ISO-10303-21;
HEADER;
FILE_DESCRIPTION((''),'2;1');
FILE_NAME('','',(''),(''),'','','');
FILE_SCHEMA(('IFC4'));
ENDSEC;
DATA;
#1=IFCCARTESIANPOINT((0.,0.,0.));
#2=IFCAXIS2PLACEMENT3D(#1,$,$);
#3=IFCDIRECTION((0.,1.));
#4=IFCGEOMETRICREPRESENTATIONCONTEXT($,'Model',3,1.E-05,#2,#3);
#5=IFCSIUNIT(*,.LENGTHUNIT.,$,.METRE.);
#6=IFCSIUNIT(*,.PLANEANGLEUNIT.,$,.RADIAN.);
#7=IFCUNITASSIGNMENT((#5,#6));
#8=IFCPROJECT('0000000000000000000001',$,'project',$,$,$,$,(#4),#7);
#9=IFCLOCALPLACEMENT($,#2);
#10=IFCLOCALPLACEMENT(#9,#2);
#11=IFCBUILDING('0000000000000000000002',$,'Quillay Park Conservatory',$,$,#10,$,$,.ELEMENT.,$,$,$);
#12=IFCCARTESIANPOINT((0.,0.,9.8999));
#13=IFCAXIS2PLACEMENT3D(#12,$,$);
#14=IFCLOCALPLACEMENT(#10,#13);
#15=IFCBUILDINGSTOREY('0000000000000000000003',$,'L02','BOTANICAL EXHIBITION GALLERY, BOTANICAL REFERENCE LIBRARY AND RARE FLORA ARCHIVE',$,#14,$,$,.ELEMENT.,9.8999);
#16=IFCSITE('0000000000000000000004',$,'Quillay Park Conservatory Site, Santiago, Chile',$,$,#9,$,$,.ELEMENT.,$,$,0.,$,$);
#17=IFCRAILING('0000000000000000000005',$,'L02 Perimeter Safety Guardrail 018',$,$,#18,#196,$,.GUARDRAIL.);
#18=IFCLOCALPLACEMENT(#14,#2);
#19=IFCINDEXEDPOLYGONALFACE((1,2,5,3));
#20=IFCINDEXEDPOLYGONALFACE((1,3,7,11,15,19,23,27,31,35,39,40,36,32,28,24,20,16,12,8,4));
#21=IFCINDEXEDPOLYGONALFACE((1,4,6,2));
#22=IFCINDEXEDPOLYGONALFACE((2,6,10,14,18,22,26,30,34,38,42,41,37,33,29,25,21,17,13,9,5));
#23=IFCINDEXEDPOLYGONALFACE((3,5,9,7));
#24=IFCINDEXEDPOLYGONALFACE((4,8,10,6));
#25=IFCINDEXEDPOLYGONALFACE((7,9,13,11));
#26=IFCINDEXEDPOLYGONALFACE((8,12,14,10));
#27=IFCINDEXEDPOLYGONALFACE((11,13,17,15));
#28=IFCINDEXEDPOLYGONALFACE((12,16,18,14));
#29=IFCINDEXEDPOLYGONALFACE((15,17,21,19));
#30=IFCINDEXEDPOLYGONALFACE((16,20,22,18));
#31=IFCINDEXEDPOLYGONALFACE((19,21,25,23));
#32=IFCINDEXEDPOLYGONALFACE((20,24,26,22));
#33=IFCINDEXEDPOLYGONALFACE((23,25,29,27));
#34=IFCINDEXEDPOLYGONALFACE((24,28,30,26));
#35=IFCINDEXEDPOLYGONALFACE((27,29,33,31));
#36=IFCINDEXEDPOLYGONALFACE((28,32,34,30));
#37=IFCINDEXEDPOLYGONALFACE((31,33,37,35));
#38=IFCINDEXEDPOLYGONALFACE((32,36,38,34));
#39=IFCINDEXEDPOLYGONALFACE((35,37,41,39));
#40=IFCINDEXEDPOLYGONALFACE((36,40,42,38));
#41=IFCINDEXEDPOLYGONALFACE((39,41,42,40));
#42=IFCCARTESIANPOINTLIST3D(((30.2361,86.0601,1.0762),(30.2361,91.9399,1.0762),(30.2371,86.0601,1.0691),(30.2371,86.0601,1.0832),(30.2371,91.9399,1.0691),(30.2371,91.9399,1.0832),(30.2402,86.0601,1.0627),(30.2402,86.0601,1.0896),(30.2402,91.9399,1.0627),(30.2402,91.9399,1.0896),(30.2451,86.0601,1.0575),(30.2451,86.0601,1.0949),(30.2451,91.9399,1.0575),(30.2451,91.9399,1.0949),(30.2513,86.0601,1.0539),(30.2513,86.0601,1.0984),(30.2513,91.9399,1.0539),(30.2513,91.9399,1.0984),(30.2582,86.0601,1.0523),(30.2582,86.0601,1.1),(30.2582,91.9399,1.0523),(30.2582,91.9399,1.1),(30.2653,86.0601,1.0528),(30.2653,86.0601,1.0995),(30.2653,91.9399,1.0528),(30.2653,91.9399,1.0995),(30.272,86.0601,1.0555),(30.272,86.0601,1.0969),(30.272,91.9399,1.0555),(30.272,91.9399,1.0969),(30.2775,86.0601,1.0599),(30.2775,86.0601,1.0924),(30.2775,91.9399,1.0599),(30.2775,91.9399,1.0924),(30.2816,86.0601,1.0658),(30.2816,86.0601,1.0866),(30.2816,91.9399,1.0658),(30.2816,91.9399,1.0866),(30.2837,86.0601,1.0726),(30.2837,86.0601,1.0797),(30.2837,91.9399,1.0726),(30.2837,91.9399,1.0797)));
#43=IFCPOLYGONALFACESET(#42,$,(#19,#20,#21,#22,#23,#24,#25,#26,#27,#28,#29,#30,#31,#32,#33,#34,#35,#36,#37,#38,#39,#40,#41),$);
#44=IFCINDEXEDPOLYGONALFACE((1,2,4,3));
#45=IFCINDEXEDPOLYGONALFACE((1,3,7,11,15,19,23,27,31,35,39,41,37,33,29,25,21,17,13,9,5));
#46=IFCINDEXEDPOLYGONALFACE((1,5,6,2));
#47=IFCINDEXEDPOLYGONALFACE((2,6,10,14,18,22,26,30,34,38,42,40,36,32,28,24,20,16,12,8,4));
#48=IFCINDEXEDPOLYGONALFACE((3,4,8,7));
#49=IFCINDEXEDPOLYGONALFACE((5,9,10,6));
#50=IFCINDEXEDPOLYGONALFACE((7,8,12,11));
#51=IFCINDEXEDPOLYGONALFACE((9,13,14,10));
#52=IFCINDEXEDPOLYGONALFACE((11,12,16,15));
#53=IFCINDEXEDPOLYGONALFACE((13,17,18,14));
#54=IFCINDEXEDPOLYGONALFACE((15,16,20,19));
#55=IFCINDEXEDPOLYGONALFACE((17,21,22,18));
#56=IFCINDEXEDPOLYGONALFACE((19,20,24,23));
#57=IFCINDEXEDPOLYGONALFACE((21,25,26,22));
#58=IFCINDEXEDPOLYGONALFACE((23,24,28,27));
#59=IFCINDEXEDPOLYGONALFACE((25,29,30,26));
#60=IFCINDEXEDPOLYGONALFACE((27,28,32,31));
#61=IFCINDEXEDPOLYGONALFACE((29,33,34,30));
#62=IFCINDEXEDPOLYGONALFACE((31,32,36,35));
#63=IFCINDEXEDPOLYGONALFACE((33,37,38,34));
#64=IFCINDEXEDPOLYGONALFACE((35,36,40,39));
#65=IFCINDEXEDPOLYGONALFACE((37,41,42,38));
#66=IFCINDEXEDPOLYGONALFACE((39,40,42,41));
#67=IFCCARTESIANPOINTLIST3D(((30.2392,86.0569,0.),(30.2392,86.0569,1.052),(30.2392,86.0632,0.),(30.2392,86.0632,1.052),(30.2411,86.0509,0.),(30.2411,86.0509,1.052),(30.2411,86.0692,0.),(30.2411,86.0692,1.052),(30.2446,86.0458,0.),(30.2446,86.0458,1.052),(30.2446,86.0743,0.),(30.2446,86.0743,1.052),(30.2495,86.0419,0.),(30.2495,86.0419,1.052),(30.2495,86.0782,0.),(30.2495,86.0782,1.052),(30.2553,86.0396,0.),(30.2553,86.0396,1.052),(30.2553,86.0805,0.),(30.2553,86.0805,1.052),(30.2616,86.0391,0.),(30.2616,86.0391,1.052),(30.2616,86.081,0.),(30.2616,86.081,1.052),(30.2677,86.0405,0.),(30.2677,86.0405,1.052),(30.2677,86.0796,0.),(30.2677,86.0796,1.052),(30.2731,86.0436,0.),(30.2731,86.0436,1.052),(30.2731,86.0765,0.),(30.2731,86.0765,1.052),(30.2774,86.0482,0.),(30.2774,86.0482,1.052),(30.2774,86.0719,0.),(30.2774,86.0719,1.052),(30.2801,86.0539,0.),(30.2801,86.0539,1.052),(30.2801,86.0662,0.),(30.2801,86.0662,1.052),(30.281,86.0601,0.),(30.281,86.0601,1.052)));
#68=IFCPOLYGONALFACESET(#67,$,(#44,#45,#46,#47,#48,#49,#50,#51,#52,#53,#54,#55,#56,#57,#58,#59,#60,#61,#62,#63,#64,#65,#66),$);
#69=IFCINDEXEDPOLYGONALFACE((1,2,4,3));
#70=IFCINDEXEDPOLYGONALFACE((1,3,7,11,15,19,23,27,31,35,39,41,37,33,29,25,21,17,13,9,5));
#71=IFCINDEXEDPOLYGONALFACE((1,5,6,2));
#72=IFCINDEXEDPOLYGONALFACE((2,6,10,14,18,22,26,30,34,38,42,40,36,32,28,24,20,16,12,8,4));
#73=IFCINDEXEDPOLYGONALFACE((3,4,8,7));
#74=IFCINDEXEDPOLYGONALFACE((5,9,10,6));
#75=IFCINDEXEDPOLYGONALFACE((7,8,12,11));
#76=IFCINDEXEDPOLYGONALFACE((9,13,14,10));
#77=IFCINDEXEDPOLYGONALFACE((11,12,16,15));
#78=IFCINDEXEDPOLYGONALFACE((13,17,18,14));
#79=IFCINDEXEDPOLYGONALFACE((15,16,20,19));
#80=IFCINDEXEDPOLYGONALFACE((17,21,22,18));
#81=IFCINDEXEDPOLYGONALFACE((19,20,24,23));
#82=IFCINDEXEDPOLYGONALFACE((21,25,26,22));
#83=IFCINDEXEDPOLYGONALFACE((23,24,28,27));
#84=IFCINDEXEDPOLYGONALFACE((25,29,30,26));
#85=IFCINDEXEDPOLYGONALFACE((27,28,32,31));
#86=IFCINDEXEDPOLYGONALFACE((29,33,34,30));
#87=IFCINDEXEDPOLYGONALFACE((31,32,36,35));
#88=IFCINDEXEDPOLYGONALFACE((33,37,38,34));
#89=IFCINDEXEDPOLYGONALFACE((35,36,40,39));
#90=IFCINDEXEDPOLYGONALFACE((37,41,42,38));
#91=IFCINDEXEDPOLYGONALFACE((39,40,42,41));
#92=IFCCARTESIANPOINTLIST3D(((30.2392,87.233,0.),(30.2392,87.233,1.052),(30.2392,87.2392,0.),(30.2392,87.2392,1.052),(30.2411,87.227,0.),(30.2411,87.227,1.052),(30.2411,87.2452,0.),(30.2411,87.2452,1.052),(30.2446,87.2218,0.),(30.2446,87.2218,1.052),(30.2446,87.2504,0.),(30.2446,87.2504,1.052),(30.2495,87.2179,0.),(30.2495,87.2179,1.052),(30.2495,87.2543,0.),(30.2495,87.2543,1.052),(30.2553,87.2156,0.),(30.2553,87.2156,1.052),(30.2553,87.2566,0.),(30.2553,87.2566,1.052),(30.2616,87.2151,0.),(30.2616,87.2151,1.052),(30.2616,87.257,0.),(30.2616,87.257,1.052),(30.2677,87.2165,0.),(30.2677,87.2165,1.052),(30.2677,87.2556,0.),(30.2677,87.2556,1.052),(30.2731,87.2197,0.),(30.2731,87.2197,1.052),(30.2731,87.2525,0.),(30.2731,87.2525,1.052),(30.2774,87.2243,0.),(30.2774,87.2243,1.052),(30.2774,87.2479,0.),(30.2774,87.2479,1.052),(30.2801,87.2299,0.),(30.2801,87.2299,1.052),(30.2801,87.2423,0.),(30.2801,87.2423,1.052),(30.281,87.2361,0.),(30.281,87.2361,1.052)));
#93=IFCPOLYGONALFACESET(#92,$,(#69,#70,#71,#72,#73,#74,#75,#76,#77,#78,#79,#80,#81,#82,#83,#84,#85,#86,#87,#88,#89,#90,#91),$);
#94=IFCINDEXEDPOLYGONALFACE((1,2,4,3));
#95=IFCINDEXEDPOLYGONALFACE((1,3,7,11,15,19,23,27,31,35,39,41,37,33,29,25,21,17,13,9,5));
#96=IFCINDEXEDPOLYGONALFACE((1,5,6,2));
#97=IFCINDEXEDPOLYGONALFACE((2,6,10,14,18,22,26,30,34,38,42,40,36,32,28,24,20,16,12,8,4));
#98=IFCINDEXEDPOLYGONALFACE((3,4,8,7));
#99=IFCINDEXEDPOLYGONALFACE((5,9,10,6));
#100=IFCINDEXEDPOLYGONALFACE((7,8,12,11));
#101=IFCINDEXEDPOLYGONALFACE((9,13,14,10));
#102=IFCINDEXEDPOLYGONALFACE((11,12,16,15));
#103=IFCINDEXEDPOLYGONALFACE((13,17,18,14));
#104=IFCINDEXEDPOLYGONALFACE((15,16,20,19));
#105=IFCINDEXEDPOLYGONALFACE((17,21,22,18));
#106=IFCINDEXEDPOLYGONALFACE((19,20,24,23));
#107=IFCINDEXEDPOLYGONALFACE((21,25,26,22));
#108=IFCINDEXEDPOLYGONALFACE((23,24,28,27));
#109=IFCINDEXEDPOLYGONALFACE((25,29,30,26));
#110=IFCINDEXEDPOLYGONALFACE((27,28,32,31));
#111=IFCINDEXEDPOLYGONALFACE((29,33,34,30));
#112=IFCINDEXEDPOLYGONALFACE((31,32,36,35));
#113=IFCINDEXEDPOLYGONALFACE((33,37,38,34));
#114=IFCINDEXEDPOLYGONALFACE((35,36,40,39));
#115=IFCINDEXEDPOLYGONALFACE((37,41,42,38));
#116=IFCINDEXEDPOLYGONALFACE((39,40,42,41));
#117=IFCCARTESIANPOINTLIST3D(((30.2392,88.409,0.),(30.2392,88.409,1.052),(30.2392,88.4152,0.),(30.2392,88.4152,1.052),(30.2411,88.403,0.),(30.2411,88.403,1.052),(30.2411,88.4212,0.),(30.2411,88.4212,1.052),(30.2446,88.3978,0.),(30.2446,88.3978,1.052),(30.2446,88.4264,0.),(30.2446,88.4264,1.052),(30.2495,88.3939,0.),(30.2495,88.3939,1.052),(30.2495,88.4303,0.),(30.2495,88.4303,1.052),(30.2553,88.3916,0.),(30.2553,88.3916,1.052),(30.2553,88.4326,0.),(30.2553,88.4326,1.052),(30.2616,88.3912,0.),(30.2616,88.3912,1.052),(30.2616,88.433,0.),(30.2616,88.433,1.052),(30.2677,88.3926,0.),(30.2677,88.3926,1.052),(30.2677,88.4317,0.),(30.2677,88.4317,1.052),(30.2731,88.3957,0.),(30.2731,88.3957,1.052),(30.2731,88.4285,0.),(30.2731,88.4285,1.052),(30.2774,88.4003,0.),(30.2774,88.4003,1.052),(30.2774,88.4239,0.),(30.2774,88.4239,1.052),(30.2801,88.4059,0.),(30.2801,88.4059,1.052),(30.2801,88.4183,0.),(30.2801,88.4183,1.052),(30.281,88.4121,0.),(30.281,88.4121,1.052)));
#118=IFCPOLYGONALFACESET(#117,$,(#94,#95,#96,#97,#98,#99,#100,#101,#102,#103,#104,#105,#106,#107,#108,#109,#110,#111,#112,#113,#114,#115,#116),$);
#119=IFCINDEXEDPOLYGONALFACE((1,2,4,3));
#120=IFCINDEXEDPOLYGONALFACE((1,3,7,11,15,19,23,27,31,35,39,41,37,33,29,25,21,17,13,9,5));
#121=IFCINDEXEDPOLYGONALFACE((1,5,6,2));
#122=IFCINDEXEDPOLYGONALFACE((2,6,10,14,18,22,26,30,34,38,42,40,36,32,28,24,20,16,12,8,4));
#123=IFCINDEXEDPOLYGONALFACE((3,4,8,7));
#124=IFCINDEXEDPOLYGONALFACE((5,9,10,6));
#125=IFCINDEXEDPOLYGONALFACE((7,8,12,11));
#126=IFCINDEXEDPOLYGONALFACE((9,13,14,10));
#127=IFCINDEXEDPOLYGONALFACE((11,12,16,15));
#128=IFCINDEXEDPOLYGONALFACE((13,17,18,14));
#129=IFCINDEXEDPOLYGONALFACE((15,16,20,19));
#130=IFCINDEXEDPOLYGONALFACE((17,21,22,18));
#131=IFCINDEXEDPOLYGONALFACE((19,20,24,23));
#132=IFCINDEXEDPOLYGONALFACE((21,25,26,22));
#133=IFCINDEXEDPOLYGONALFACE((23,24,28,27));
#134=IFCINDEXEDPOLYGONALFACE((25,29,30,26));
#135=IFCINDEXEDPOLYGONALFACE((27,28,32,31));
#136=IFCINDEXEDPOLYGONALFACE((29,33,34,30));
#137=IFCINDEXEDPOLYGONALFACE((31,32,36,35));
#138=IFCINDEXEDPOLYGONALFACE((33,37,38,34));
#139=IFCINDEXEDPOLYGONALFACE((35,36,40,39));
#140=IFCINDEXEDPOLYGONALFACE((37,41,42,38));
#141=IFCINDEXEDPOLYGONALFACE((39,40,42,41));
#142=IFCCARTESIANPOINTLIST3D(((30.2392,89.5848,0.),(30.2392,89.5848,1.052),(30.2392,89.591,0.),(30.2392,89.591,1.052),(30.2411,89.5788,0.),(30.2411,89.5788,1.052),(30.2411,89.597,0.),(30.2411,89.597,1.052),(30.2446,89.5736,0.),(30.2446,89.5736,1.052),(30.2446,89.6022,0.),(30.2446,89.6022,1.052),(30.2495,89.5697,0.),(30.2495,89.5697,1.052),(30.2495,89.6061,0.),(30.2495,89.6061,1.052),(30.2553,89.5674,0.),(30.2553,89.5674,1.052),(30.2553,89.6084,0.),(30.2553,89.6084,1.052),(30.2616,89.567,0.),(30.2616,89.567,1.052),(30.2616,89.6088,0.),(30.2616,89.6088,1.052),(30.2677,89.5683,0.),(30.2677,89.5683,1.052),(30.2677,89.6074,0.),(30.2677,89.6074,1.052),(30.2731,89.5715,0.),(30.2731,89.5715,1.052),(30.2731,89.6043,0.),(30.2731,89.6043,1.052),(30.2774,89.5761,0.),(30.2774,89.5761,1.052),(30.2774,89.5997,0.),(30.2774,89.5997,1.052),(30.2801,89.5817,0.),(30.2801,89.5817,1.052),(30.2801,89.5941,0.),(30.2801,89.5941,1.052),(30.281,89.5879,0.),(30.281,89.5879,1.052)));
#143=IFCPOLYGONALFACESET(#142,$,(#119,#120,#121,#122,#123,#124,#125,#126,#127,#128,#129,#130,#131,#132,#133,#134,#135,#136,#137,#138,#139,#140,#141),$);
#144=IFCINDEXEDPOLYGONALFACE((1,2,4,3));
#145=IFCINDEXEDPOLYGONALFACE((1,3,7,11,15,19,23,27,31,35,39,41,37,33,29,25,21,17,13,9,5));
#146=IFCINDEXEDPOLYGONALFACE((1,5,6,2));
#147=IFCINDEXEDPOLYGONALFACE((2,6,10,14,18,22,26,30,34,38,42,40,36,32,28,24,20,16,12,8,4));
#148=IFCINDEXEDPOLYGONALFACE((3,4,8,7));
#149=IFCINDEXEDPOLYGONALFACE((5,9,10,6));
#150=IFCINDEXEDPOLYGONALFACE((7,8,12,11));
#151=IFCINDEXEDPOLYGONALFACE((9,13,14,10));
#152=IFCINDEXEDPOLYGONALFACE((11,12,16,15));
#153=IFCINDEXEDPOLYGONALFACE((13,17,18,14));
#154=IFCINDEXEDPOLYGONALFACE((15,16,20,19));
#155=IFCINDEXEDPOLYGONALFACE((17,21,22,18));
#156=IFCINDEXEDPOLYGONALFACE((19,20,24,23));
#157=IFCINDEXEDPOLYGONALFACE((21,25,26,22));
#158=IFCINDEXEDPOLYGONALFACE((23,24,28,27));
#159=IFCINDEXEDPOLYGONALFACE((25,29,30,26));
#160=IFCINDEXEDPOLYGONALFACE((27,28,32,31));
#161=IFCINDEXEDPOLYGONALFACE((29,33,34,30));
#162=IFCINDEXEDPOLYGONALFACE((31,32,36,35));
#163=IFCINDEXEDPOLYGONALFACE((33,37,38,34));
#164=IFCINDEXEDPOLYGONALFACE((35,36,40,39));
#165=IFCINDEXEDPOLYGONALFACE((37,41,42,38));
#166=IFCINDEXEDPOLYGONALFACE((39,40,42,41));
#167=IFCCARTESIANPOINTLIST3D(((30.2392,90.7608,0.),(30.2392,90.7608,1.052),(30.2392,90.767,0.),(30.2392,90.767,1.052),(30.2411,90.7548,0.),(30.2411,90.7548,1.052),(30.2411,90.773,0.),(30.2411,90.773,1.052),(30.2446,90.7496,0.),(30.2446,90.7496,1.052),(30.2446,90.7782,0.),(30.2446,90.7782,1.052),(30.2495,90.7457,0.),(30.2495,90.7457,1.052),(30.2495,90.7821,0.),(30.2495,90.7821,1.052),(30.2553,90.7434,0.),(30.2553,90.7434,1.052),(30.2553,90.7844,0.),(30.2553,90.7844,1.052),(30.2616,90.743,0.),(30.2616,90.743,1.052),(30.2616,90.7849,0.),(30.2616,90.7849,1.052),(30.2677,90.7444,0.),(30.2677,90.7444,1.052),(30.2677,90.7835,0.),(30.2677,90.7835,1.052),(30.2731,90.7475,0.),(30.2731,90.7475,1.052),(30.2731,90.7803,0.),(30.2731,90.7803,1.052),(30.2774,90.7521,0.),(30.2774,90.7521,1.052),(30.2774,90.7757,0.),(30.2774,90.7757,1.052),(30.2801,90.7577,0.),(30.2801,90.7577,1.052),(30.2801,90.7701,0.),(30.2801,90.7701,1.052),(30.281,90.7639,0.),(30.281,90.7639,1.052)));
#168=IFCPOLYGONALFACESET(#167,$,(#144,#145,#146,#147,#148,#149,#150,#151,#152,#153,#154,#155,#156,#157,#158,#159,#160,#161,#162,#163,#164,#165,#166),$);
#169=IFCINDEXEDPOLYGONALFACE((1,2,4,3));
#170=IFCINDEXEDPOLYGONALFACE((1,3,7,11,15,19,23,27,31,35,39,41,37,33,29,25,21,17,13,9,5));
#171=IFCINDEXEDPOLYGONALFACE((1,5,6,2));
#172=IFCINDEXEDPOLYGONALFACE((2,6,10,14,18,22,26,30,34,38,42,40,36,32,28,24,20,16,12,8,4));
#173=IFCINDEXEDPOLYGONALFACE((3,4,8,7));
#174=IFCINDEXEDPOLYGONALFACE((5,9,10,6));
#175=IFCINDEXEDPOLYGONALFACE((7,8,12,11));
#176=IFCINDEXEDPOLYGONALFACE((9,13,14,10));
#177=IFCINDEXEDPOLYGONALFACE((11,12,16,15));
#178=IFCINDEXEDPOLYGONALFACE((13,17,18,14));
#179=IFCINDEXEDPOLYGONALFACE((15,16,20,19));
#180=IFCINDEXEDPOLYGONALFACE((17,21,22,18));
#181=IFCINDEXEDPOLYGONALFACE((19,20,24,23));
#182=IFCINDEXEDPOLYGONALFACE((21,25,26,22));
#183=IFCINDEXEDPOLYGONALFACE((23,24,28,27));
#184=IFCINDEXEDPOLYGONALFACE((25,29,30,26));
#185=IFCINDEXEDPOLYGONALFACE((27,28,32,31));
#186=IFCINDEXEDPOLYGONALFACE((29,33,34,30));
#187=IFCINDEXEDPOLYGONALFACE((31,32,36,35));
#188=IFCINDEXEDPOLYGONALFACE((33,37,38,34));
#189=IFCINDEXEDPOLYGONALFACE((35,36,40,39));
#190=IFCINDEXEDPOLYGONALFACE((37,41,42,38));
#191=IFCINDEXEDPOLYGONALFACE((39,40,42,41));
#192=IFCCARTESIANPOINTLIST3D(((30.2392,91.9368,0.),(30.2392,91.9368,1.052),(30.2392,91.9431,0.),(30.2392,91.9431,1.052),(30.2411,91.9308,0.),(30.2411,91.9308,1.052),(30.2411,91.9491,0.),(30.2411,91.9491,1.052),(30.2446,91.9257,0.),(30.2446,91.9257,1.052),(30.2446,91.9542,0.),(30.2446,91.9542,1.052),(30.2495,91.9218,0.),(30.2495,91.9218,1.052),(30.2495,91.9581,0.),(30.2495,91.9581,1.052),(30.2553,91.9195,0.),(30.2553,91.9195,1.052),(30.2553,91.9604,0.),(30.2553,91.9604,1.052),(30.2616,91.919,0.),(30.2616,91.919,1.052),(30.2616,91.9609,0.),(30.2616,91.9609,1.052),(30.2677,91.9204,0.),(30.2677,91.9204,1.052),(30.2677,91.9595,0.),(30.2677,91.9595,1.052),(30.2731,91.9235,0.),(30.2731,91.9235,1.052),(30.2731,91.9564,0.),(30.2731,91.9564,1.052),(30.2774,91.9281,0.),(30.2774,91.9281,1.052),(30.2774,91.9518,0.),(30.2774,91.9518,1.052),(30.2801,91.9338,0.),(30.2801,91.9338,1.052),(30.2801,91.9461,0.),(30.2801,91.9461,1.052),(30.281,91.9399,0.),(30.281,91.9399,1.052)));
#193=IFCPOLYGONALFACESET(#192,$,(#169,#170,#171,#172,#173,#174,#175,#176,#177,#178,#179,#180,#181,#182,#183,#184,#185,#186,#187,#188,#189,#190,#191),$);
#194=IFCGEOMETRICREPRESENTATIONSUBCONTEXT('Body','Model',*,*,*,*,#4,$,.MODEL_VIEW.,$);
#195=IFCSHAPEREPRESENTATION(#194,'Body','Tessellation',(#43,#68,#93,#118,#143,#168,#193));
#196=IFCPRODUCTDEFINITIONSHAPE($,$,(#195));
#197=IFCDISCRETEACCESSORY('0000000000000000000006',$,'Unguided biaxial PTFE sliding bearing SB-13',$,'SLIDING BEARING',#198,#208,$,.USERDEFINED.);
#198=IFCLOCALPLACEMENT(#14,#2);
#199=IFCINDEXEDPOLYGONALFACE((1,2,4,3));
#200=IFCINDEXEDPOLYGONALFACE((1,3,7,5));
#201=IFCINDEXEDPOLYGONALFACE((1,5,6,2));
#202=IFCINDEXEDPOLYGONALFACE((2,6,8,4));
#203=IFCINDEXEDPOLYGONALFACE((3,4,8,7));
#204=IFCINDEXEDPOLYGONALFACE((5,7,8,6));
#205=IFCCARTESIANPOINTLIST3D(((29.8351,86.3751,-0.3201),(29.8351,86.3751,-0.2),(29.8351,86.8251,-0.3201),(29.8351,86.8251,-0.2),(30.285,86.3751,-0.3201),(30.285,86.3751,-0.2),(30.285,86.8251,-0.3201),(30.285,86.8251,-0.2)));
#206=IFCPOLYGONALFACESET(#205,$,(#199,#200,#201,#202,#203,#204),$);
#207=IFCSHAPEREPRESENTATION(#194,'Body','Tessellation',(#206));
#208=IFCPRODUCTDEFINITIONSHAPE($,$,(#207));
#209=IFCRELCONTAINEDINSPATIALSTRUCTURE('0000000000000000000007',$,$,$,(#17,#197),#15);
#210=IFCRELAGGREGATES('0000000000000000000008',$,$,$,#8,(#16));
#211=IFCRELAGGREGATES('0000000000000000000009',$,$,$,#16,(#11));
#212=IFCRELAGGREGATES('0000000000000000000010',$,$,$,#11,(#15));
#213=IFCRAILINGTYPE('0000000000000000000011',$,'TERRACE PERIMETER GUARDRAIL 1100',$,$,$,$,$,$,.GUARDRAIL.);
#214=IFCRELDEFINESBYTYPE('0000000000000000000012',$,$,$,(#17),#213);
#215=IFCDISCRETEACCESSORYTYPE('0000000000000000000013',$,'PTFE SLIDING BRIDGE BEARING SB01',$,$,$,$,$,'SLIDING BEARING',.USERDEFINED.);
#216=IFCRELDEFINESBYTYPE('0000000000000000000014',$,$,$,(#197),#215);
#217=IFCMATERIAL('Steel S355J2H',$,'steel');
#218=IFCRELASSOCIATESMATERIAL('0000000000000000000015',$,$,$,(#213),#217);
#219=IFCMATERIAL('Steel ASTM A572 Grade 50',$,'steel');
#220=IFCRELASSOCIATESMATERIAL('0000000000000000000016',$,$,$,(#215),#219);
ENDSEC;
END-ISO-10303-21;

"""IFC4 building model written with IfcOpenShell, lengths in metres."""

from ifc_helpers import new_model, si_unit, direction, frame, origin, origin_2d, place, context, subcontext, project, spatial, rectangle, circle, extrude, material, type_object, element, save


model = new_model("IFC4")

# Units and contexts
model_context = context("Model", 3, precision=1e-05, world=origin(), true_north=direction((0.0, 1.0)))
body_context = subcontext(model_context, "Body", "Model", "MODEL_VIEW")
ifc_project = project(units=[si_unit("LENGTHUNIT", "METRE"), si_unit("PLANEANGLEUNIT", "RADIAN")], contexts=[model_context])

# Site, building, storey
site_placement = place(None, origin())
site = spatial("IfcSite", under=ifc_project, at=site_placement, Name="Quillay Park Conservatory Site, Santiago, Chile", CompositionType="ELEMENT", RefElevation=0.0)
building_placement = place(site_placement, origin())
building = spatial("IfcBuilding", under=site, at=building_placement, Name="Quillay Park Conservatory", CompositionType="ELEMENT")
storey_placement = place(building_placement, frame((0.0, 0.0, 9.8999)))
storey = spatial("IfcBuildingStorey", under=building, at=storey_placement, Name="L02", Description="BOTANICAL EXHIBITION GALLERY, BOTANICAL REFERENCE LIBRARY AND RARE FLORA ARCHIVE", CompositionType="ELEMENT", Elevation=9.8999)

# Railing
ifc_material_1 = material(Name="Steel S355J2H", Category="steel")
railing_type = type_object("IfcRailingType", Name="TERRACE PERIMETER GUARDRAIL 1100", PredefinedType="GUARDRAIL", material=ifc_material_1)
railing_placement = place(storey_placement, frame((30.26, 86.0601, 0.0)))
element("IfcRailing", 1, at=railing_placement, inside=storey, type_object=railing_type, Name="L02 Perimeter Safety Guardrail 018", PredefinedType="GUARDRAIL", context=body_context, shape_type="SweptSolid", body=[
    extrude(circle(Radius=0.0239, at=origin_2d()), frame((0.0, 0.0, 1.0762), z_axis=(0.0, 1.0, 0.0), x_axis=(-1.0, 0.0, 0.0)), (0.0, 0.0, 1.0), 5.8799),
    extrude(circle(Radius=0.021, at=origin_2d()), origin(), (0.0, 0.0, 1.0), 1.052),
    extrude(circle(Radius=0.021, at=origin_2d()), frame((0.0, 1.176, 0.0)), (0.0, 0.0, 1.0), 1.052),
    extrude(circle(Radius=0.021, at=origin_2d()), frame((0.0, 2.3521, 0.0)), (0.0, 0.0, 1.0), 1.052),
    extrude(circle(Radius=0.021, at=origin_2d()), frame((0.0, 3.5278, 0.0)), (0.0, 0.0, 1.0), 1.052),
    extrude(circle(Radius=0.021, at=origin_2d()), frame((0.0, 4.7039, 0.0)), (0.0, 0.0, 1.0), 1.052),
    extrude(circle(Radius=0.021, at=origin_2d()), frame((0.0, 5.8799, 0.0)), (0.0, 0.0, 1.0), 1.052),
])

# Discrete accessory
ifc_material_2 = material(Name="Steel ASTM A572 Grade 50", Category="steel")
discrete_accessory_type_1 = type_object("IfcDiscreteAccessoryType", Name="PTFE SLIDING BRIDGE BEARING SB01", ElementType="SLIDING BEARING", PredefinedType="USERDEFINED", material=ifc_material_2)
for number, where, z_axis, x_axis, name in (
    (2, (30.0601, 86.6001, -0.3201), (0.0, 0.0, 1.0), (1.0, 0.0, 0.0), "Unguided biaxial PTFE sliding bearing SB-13"),
):
    element("IfcDiscreteAccessory", number, at=place(storey_placement, frame(where, z_axis=z_axis, x_axis=x_axis)), inside=storey, type_object=discrete_accessory_type_1, Name=name, ObjectType="SLIDING BEARING", PredefinedType="USERDEFINED", context=body_context, shape_type="SweptSolid", body=[
        extrude(rectangle(XDim=0.45, YDim=0.45, at=origin_2d()), origin(), (0.0, 0.0, 1.0), 0.1201),
    ])

save(model, "model.ifc")
